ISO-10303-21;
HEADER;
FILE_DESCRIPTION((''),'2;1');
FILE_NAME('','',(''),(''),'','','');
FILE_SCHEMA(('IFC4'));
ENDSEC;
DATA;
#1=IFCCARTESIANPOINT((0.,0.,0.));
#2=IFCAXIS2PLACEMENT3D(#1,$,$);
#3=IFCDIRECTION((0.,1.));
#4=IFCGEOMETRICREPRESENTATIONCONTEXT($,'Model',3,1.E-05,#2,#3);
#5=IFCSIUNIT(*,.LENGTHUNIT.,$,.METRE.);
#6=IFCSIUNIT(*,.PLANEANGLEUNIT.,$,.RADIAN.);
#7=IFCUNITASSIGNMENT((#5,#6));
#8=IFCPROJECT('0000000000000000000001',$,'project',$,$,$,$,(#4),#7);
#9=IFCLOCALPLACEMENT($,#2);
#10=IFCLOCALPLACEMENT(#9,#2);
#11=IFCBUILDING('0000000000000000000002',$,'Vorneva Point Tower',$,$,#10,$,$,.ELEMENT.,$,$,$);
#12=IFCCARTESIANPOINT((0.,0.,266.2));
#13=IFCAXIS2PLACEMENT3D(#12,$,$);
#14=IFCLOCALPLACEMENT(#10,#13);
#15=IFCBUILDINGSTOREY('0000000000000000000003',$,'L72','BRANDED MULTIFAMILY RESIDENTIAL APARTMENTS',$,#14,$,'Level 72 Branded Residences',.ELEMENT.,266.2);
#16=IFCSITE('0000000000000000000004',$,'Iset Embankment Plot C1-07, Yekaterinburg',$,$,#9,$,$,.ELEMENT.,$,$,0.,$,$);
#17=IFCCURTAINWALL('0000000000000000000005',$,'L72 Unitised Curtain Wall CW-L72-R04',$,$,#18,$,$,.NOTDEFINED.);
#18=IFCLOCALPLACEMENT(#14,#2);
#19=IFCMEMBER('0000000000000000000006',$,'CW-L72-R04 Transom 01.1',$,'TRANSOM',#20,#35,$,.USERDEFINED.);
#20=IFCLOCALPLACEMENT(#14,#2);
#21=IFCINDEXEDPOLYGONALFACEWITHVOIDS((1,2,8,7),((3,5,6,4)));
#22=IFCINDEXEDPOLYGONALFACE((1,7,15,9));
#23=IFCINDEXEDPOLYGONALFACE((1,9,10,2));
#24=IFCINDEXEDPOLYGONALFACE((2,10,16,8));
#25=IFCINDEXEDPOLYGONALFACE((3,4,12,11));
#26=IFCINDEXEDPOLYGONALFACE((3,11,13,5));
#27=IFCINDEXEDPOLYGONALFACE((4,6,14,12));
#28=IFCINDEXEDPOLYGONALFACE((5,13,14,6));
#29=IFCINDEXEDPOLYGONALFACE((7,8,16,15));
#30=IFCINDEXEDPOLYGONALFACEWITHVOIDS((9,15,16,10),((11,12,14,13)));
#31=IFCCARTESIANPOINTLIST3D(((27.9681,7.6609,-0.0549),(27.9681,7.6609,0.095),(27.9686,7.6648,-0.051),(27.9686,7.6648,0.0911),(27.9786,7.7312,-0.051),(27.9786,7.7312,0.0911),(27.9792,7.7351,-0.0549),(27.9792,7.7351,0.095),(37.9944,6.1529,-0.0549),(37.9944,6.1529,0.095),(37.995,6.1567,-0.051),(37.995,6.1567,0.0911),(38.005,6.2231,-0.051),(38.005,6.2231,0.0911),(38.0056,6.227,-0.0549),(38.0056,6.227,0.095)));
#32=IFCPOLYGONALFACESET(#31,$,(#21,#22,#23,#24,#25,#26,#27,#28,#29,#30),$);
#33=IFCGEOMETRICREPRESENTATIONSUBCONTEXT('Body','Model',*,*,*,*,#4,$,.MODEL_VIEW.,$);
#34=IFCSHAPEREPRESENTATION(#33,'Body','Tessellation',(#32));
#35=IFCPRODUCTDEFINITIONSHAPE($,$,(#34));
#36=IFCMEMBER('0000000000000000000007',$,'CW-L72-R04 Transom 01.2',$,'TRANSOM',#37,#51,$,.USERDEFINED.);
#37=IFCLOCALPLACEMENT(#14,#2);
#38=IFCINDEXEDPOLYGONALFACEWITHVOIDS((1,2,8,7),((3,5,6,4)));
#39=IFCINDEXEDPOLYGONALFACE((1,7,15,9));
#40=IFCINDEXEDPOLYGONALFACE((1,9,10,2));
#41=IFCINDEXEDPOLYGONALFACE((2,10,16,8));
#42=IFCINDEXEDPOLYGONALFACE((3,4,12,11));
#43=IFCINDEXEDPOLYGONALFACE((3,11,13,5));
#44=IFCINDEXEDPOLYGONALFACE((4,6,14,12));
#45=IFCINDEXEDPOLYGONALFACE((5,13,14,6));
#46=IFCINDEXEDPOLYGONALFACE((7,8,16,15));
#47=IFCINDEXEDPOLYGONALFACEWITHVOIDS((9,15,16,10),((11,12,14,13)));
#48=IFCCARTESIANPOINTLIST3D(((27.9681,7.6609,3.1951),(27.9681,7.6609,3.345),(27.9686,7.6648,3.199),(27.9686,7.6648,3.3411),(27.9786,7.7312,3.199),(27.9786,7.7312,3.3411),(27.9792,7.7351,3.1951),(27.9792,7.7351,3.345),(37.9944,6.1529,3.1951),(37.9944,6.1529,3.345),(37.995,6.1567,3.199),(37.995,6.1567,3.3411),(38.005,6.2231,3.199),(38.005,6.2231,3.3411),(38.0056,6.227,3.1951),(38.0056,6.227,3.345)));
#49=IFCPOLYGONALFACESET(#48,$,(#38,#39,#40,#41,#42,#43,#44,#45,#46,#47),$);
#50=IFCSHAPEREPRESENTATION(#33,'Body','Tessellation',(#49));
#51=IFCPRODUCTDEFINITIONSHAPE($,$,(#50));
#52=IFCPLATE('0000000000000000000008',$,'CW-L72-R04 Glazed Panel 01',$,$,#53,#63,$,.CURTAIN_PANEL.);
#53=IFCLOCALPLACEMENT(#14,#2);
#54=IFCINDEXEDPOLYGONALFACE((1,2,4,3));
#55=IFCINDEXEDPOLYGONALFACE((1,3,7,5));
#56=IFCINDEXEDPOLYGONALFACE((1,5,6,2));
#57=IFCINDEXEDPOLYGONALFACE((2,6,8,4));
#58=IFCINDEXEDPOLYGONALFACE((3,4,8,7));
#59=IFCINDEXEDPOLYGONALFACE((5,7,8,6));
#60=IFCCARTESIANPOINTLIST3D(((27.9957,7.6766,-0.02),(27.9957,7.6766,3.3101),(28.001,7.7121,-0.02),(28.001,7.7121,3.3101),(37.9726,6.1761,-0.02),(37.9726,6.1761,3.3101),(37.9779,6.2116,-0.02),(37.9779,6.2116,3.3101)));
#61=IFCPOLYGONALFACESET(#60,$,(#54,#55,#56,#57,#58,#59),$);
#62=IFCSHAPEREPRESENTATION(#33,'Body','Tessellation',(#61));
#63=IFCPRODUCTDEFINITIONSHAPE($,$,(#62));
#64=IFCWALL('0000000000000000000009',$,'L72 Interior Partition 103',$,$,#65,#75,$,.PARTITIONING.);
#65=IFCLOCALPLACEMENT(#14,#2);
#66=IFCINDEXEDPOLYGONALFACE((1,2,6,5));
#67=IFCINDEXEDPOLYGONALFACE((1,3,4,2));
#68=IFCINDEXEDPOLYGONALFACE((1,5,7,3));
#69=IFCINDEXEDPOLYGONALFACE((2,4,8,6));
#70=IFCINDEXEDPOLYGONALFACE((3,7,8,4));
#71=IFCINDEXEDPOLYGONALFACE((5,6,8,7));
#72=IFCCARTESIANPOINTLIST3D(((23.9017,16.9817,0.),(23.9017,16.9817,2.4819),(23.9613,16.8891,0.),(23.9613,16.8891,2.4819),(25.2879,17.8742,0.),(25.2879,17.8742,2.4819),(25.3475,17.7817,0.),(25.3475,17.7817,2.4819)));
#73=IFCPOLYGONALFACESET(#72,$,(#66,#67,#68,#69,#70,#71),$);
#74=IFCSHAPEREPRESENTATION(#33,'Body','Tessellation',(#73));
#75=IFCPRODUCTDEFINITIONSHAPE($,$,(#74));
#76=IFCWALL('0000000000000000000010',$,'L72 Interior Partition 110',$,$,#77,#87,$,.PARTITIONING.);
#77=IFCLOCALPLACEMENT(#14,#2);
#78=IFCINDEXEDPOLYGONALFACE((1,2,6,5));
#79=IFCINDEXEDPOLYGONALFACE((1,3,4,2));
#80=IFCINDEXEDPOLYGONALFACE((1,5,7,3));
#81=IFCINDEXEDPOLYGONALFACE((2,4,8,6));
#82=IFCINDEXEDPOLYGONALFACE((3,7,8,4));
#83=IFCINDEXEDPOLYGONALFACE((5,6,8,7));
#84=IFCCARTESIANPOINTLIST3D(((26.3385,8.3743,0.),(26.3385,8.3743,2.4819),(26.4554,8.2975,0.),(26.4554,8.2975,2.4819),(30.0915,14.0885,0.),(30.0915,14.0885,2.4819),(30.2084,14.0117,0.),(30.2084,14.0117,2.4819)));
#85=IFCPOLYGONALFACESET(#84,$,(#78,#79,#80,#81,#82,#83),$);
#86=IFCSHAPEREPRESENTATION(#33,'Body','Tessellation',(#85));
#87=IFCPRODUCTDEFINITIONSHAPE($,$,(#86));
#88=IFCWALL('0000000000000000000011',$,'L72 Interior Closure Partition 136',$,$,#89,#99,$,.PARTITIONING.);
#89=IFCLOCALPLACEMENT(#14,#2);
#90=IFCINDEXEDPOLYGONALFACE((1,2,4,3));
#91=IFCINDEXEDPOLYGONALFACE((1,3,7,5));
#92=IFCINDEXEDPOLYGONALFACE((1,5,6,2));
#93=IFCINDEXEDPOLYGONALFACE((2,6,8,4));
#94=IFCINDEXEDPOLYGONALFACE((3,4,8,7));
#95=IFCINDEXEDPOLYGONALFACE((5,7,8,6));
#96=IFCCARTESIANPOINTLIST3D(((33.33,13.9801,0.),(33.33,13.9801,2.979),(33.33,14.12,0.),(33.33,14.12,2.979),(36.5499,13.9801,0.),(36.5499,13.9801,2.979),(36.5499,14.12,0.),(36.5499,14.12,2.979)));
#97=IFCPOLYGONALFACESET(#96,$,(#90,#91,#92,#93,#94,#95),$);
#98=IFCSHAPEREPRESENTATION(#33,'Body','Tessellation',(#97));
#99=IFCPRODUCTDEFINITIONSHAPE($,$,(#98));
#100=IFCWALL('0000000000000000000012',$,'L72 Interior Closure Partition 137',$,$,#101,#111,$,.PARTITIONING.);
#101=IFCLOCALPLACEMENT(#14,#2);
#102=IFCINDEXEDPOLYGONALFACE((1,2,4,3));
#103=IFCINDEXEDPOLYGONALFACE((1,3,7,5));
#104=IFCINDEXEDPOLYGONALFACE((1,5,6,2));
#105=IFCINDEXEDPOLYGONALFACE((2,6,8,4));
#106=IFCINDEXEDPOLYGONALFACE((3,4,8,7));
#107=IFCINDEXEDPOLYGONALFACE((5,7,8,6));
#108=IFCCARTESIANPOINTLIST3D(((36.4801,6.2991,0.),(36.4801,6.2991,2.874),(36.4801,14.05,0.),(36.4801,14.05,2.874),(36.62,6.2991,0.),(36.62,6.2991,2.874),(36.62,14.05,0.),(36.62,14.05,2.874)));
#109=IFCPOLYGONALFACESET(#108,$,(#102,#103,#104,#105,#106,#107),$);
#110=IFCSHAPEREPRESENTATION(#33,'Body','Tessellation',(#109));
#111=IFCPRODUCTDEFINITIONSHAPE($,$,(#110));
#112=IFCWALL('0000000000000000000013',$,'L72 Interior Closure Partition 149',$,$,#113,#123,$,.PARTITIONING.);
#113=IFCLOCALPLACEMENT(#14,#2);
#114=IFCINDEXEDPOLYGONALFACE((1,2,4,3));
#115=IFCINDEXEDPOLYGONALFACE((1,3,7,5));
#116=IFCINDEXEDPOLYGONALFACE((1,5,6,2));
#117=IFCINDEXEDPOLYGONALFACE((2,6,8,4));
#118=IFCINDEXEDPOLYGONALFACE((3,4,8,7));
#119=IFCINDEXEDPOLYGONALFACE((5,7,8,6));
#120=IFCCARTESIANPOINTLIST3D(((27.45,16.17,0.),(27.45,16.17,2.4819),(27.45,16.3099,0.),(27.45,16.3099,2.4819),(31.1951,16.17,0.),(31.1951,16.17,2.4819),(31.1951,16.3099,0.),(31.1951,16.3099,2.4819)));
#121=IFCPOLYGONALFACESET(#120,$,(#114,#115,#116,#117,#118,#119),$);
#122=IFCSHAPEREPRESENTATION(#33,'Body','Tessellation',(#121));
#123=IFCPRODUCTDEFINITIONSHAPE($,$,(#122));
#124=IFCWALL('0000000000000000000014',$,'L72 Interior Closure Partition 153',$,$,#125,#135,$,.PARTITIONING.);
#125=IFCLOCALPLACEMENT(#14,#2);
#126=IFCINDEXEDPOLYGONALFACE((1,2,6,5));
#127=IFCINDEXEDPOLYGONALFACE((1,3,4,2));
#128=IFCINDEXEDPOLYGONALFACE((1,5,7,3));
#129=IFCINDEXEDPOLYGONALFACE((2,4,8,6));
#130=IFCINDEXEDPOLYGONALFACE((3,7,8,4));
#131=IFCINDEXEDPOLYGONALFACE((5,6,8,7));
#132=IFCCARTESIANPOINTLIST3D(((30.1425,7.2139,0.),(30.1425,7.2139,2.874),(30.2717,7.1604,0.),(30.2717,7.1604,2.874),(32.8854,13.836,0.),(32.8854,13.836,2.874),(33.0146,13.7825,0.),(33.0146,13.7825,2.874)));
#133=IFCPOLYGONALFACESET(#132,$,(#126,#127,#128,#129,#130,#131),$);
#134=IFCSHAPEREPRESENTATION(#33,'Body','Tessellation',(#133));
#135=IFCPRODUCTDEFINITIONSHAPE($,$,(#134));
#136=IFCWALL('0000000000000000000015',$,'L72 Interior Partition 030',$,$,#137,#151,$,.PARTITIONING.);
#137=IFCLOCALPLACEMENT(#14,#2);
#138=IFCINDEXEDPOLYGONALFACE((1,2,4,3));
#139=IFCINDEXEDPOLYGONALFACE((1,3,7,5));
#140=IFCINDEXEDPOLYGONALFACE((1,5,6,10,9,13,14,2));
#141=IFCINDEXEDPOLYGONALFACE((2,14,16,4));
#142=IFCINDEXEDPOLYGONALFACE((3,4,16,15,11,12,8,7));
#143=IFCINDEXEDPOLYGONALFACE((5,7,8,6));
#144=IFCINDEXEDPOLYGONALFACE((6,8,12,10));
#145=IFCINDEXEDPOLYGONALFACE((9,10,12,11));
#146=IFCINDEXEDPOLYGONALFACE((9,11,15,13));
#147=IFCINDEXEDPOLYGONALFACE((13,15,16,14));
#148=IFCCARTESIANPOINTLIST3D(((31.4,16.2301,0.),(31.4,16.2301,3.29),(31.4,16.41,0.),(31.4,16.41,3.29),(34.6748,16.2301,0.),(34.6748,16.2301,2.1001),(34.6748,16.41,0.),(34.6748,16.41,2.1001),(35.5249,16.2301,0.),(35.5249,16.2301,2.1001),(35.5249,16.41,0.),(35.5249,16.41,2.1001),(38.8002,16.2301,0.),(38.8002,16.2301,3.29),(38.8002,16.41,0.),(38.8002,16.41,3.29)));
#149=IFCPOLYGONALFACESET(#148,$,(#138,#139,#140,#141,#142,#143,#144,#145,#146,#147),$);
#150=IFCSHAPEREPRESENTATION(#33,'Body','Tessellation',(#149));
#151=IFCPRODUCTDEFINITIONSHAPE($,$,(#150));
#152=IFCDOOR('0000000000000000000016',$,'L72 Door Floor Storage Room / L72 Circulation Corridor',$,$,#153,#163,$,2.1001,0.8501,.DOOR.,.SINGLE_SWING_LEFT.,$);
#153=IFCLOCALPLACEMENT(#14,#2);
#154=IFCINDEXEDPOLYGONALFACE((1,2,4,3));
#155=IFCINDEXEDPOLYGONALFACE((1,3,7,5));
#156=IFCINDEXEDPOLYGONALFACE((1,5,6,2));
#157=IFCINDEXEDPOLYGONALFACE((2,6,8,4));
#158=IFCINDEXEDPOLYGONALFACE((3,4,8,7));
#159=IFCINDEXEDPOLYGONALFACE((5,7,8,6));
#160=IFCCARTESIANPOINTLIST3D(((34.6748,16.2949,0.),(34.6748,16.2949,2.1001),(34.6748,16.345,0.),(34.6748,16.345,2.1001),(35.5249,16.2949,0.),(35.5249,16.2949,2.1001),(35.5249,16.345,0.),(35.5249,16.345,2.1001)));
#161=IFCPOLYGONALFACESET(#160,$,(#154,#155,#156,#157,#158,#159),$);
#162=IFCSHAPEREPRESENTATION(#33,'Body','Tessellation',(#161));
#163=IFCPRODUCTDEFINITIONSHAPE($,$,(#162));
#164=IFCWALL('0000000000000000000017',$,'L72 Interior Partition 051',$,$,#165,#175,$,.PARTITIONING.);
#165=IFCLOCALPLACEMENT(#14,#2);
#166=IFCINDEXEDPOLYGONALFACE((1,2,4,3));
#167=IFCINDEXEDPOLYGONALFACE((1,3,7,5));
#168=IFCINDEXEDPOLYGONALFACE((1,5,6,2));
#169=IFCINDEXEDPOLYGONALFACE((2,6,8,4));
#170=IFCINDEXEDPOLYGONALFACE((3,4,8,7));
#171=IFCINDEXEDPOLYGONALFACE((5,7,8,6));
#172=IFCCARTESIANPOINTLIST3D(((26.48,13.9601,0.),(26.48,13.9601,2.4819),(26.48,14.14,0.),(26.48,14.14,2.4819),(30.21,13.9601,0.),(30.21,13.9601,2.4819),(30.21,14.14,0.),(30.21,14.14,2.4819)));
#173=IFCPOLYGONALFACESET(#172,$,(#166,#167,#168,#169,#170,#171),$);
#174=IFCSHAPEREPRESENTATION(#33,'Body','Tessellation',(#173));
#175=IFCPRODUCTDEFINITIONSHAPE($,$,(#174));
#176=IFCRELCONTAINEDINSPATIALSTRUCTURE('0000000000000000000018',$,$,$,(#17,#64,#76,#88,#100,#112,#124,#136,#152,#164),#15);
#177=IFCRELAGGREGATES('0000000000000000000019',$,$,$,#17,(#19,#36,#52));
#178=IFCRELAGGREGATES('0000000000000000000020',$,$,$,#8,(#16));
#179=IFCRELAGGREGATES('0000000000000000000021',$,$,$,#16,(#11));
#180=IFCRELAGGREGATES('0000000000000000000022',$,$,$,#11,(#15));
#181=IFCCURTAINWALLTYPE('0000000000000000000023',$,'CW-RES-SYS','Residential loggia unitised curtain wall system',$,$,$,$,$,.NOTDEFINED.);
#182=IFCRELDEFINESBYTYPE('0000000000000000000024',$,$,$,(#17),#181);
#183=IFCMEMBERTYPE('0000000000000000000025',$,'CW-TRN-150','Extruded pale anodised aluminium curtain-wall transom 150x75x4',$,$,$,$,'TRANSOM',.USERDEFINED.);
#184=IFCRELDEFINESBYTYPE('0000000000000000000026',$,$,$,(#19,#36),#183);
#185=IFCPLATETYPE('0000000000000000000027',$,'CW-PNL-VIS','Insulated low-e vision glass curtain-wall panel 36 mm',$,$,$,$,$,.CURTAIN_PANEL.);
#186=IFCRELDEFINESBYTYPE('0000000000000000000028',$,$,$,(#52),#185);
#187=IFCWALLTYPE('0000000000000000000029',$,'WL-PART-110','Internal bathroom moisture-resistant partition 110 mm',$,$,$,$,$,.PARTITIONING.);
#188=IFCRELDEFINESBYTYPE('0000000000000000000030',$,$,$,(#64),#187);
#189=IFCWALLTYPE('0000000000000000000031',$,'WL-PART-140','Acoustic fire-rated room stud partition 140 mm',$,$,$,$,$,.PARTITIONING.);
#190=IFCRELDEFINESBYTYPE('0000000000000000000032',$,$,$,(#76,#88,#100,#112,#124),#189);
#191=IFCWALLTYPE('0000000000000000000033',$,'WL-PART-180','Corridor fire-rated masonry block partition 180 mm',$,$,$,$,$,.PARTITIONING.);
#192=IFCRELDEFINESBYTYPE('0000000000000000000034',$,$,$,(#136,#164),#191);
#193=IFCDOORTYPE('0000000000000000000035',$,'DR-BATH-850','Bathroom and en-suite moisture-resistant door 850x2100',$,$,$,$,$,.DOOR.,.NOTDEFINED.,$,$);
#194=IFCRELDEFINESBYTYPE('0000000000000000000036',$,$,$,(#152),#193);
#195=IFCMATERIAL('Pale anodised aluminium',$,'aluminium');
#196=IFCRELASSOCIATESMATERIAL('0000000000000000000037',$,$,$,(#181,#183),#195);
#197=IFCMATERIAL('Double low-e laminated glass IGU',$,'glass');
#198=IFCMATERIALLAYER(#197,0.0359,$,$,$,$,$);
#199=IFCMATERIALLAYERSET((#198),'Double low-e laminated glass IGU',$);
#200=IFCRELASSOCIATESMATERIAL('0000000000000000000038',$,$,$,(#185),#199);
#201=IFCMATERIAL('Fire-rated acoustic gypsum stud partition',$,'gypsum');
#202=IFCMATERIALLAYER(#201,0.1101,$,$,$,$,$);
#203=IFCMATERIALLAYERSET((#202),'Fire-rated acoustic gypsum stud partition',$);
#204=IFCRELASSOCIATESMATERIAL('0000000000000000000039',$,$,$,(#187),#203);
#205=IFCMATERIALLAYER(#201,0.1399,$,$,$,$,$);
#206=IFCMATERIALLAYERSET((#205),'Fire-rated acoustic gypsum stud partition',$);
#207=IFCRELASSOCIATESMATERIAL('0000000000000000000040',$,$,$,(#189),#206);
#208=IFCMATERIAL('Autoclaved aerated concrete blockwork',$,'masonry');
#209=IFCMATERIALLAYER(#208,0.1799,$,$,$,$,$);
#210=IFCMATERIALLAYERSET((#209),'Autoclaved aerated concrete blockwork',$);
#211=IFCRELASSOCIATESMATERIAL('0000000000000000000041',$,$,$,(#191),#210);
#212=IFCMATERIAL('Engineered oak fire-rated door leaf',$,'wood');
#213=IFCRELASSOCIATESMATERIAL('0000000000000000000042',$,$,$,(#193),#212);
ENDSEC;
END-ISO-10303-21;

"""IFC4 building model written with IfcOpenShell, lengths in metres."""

from ifc_helpers import new_model, si_unit, direction, frame, frame_2d, origin, origin_2d, place, context, subcontext, project, spatial, rectangle, hollow_rectangle, extrude, material, layer, layer_set, material_profile, profile_set, type_object, element, fill, aggregate, save


model = new_model("IFC4")

# Units and contexts
model_context = context("Model", 3, precision=1e-05, world=origin(), true_north=direction((0.0, 1.0)))
body_context = subcontext(model_context, "Body", "Model", "MODEL_VIEW")
ifc_project = project(units=[si_unit("LENGTHUNIT", "METRE"), si_unit("PLANEANGLEUNIT", "RADIAN")], contexts=[model_context])

# Site, building, storey
site_placement = place(None, origin())
site = spatial("IfcSite", under=ifc_project, at=site_placement, Name="Iset Embankment Plot C1-07, Yekaterinburg", CompositionType="ELEMENT", RefElevation=0.0)
building_placement = place(site_placement, origin())
building = spatial("IfcBuilding", under=site, at=building_placement, Name="Vorneva Point Tower", CompositionType="ELEMENT")
storey_placement = place(building_placement, frame((0.0, 0.0, 266.2)))
storey = spatial("IfcBuildingStorey", under=building, at=storey_placement, Name="L72", Description="BRANDED MULTIFAMILY RESIDENTIAL APARTMENTS", LongName="Level 72 Branded Residences", CompositionType="ELEMENT", Elevation=266.2)

# Curtain wall, members, plate
ifc_material_1 = material(Name="Pale anodised aluminium", Category="aluminium")
curtain_wall_type = type_object("IfcCurtainWallType", Name="CW-RES-SYS", Description="Residential loggia unitised curtain wall system", PredefinedType="NOTDEFINED", material=ifc_material_1)
curtain_wall_placement = place(storey_placement, origin())
curtain_wall = element("IfcCurtainWall", 1, at=curtain_wall_placement, inside=storey, type_object=curtain_wall_type, Name="L72 Unitised Curtain Wall CW-L72-R04", PredefinedType="NOTDEFINED")
ifc_material_profile_1 = material_profile(ifc_material_1, hollow_rectangle(XDim=0.075, YDim=0.1499, WallThickness=0.0039, at=origin_2d()), Name="AL-TRN 150x75x4")
ifc_profile_set_1 = profile_set([ifc_material_profile_1], Name="Pale anodised aluminium")
member_type_1 = type_object("IfcMemberType", Name="CW-TRN-150", Description="Extruded pale anodised aluminium curtain-wall transom 150x75x4", ElementType="TRANSOM", PredefinedType="USERDEFINED", material=ifc_profile_set_1)
member_1_placement = place(storey_placement, frame((27.9736, 7.698, 0.02), z_axis=(0.988877, -0.148736, 0.0), x_axis=(0.148736, 0.988877, 0.0)))
member_1 = element("IfcMember", 2, at=member_1_placement, type_object=member_type_1, Name="CW-L72-R04 Transom 01.1", ObjectType="TRANSOM", PredefinedType="USERDEFINED", context=body_context, shape_type="SweptSolid", body=[
    extrude(hollow_rectangle(XDim=0.075, YDim=0.1499, WallThickness=0.0039, at=origin_2d()), origin(), (0.0, 0.0, 1.0), 10.1392),
])
member_2_placement = place(storey_placement, frame((27.9736, 7.698, 3.27), z_axis=(0.988877, -0.148736, 0.0), x_axis=(0.148736, 0.988877, 0.0)))
member_2 = element("IfcMember", 3, at=member_2_placement, type_object=member_type_1, Name="CW-L72-R04 Transom 01.2", ObjectType="TRANSOM", PredefinedType="USERDEFINED", context=body_context, shape_type="SweptSolid", body=[
    extrude(hollow_rectangle(XDim=0.075, YDim=0.1499, WallThickness=0.0039, at=origin_2d()), origin(), (0.0, 0.0, 1.0), 10.1392),
])
ifc_material_2 = material(Name="Double low-e laminated glass IGU", Category="glass")
ifc_layer_1 = layer(ifc_material_2, 0.0359)
ifc_layer_set_1 = layer_set([ifc_layer_1], Name="Double low-e laminated glass IGU")
plate_type = type_object("IfcPlateType", Name="CW-PNL-VIS", Description="Insulated low-e vision glass curtain-wall panel 36 mm", PredefinedType="CURTAIN_PANEL", material=ifc_layer_set_1)
plate_placement = place(storey_placement, frame((32.9868, 6.9441, -0.02), z_axis=(0.0, 0.0, 1.0), x_axis=(0.988879, -0.148724, 0.0)))
plate = element("IfcPlate", 4, at=plate_placement, type_object=plate_type, Name="CW-L72-R04 Glazed Panel 01", PredefinedType="CURTAIN_PANEL", context=body_context, shape_type="SweptSolid", body=[
    extrude(rectangle(XDim=10.0891, YDim=0.0359, at=origin_2d()), origin(), (0.0, 0.0, 1.0), 3.3301),
])
aggregate(curtain_wall, [member_1, member_2, plate])

# Walls
ifc_material_3 = material(Name="Fire-rated acoustic gypsum stud partition", Category="gypsum")
ifc_layer_2 = layer(ifc_material_3, 0.1101)
ifc_layer_set_2 = layer_set([ifc_layer_2], Name="Fire-rated acoustic gypsum stud partition")
wall_type_1 = type_object("IfcWallType", Name="WL-PART-110", Description="Internal bathroom moisture-resistant partition 110 mm", PredefinedType="PARTITIONING", material=ifc_layer_set_2)
wall_1_placement = place(storey_placement, frame((25.3176, 17.8279, 0.0), z_axis=(0.0, 0.0, 1.0), x_axis=(-0.840784, -0.541371, 0.0)))
element("IfcWall", 5, at=wall_1_placement, inside=storey, type_object=wall_type_1, Name="L72 Interior Partition 103", PredefinedType="PARTITIONING", context=body_context, shape_type="SweptSolid", body=[
    extrude(rectangle(XDim=1.6487, YDim=0.1101, at=frame_2d((0.8242, 0.0))), origin(), (0.0, 0.0, 1.0), 2.4819),
])
ifc_layer_3 = layer(ifc_material_3, 0.1399)
ifc_layer_set_3 = layer_set([ifc_layer_3], Name="Fire-rated acoustic gypsum stud partition")
wall_type_2 = type_object("IfcWallType", Name="WL-PART-140", Description="Acoustic fire-rated room stud partition 140 mm", PredefinedType="PARTITIONING", material=ifc_layer_set_3)
wall_2_placement = place(storey_placement, frame((26.397, 8.3359, 0.0), z_axis=(0.0, 0.0, 1.0), x_axis=(0.548968, 0.835844, 0.0)))
element("IfcWall", 6, at=wall_2_placement, inside=storey, type_object=wall_type_2, Name="L72 Interior Partition 110", PredefinedType="PARTITIONING", context=body_context, shape_type="SweptSolid", body=[
    extrude(rectangle(XDim=6.8364, YDim=0.1399, at=frame_2d((3.4182, 0.0))), origin(), (0.0, 0.0, 1.0), 2.4819),
])
wall_3_placement = place(storey_placement, frame((33.3301, 14.05, 0.0), z_axis=(0.0, 0.0, 1.0), x_axis=(1.0, 0.0, 0.0)))
element("IfcWall", 7, at=wall_3_placement, inside=storey, type_object=wall_type_2, Name="L72 Interior Closure Partition 136", PredefinedType="PARTITIONING", context=body_context, shape_type="SweptSolid", body=[
    extrude(rectangle(XDim=3.22, YDim=0.1399, at=frame_2d((1.6099, 0.0))), origin(), (0.0, 0.0, 1.0), 2.979),
])
wall_4_placement = place(storey_placement, frame((36.55, 14.05, 0.0), z_axis=(0.0, 0.0, 1.0), x_axis=(0.0, -1.0, 0.0)))
element("IfcWall", 8, at=wall_4_placement, inside=storey, type_object=wall_type_2, Name="L72 Interior Closure Partition 137", PredefinedType="PARTITIONING", context=body_context, shape_type="SweptSolid", body=[
    extrude(rectangle(XDim=7.751, YDim=0.1399, at=frame_2d((3.8755, 0.0))), origin(), (0.0, 0.0, 1.0), 2.874),
])
wall_5_placement = place(storey_placement, frame((27.45, 16.24, 0.0), z_axis=(0.0, 0.0, 1.0), x_axis=(1.0, 0.0, 0.0)))
element("IfcWall", 9, at=wall_5_placement, inside=storey, type_object=wall_type_2, Name="L72 Interior Closure Partition 149", PredefinedType="PARTITIONING", context=body_context, shape_type="SweptSolid", body=[
    extrude(rectangle(XDim=3.7451, YDim=0.1399, at=frame_2d((1.8726, 0.0))), origin(), (0.0, 0.0, 1.0), 2.4819),
])
wall_6_placement = place(storey_placement, frame((30.207, 7.187, 0.0), z_axis=(0.0, 0.0, 1.0), x_axis=(0.38268, 0.923881, 0.0)))
element("IfcWall", 10, at=wall_6_placement, inside=storey, type_object=wall_type_2, Name="L72 Interior Closure Partition 153", PredefinedType="PARTITIONING", context=body_context, shape_type="SweptSolid", body=[
    extrude(rectangle(XDim=7.1677, YDim=0.1399, at=frame_2d((3.584, 0.0))), origin(), (0.0, 0.0, 1.0), 2.874),
])

# Wall, opening, door
ifc_material_4 = material(Name="Autoclaved aerated concrete blockwork", Category="masonry")
ifc_layer_4 = layer(ifc_material_4, 0.1799)
ifc_layer_set_4 = layer_set([ifc_layer_4], Name="Autoclaved aerated concrete blockwork")
wall_type_3 = type_object("IfcWallType", Name="WL-PART-180", Description="Corridor fire-rated masonry block partition 180 mm", PredefinedType="PARTITIONING", material=ifc_layer_set_4)
wall_7_placement = place(storey_placement, frame((31.3999, 16.3201, 0.0), z_axis=(0.0, 0.0, 1.0), x_axis=(1.0, 0.0, 0.0)))
wall_7 = element("IfcWall", 11, at=wall_7_placement, inside=storey, type_object=wall_type_3, Name="L72 Interior Partition 030", PredefinedType="PARTITIONING", context=body_context, shape_type="SweptSolid", body=[
    extrude(rectangle(XDim=7.4001, YDim=0.1799, at=frame_2d((3.7002, 0.0))), origin(), (0.0, 0.0, 1.0), 3.29),
])
opening_1_placement = place(wall_7_placement, frame((3.2749, 0.0, 0.0)))
opening_1 = element("IfcOpeningElement", 12, at=opening_1_placement, cuts=wall_7, PredefinedType="OPENING", context=body_context, shape_type="SweptSolid", body=[
    extrude(rectangle(XDim=0.8501, YDim=2.1001, at=frame_2d((0.425, 1.05))), frame((0.0, 0.105, 0.0), z_axis=(0.0, -1.0, 0.0), x_axis=(1.0, 0.0, 0.0)), (0.0, 0.0, 1.0), 0.2097),
])
ifc_material_5 = material(Name="Engineered oak fire-rated door leaf", Category="wood")
door_type = type_object("IfcDoorType", Name="DR-BATH-850", Description="Bathroom and en-suite moisture-resistant door 850x2100", OperationType="NOTDEFINED", PredefinedType="DOOR", material=ifc_material_5)
door_1_placement = place(opening_1_placement, origin())
door_1 = element("IfcDoor", 13, at=door_1_placement, inside=storey, type_object=door_type, Name="L72 Door Floor Storage Room / L72 Circulation Corridor", OperationType="SINGLE_SWING_LEFT", OverallHeight=2.1001, OverallWidth=0.8501, PredefinedType="DOOR", context=body_context, shape_type="SweptSolid", body=[
    extrude(rectangle(XDim=0.8501, YDim=2.1001, at=frame_2d((0.425, 1.05))), frame((0.0, 0.0249, 0.0), z_axis=(0.0, -1.0, 0.0), x_axis=(1.0, 0.0, 0.0)), (0.0, 0.0, 1.0), 0.05),
])
fill(opening_1, door_1)

# Wall
wall_8_placement = place(storey_placement, frame((26.48, 14.05, 0.0), z_axis=(0.0, 0.0, 1.0), x_axis=(1.0, 0.0, 0.0)))
element("IfcWall", 14, at=wall_8_placement, inside=storey, type_object=wall_type_3, Name="L72 Interior Partition 051", PredefinedType="PARTITIONING", context=body_context, shape_type="SweptSolid", body=[
    extrude(rectangle(XDim=3.73, YDim=0.1799, at=frame_2d((1.865, 0.0))), origin(), (0.0, 0.0, 1.0), 2.4819),
])

save(model, "model.ifc")
